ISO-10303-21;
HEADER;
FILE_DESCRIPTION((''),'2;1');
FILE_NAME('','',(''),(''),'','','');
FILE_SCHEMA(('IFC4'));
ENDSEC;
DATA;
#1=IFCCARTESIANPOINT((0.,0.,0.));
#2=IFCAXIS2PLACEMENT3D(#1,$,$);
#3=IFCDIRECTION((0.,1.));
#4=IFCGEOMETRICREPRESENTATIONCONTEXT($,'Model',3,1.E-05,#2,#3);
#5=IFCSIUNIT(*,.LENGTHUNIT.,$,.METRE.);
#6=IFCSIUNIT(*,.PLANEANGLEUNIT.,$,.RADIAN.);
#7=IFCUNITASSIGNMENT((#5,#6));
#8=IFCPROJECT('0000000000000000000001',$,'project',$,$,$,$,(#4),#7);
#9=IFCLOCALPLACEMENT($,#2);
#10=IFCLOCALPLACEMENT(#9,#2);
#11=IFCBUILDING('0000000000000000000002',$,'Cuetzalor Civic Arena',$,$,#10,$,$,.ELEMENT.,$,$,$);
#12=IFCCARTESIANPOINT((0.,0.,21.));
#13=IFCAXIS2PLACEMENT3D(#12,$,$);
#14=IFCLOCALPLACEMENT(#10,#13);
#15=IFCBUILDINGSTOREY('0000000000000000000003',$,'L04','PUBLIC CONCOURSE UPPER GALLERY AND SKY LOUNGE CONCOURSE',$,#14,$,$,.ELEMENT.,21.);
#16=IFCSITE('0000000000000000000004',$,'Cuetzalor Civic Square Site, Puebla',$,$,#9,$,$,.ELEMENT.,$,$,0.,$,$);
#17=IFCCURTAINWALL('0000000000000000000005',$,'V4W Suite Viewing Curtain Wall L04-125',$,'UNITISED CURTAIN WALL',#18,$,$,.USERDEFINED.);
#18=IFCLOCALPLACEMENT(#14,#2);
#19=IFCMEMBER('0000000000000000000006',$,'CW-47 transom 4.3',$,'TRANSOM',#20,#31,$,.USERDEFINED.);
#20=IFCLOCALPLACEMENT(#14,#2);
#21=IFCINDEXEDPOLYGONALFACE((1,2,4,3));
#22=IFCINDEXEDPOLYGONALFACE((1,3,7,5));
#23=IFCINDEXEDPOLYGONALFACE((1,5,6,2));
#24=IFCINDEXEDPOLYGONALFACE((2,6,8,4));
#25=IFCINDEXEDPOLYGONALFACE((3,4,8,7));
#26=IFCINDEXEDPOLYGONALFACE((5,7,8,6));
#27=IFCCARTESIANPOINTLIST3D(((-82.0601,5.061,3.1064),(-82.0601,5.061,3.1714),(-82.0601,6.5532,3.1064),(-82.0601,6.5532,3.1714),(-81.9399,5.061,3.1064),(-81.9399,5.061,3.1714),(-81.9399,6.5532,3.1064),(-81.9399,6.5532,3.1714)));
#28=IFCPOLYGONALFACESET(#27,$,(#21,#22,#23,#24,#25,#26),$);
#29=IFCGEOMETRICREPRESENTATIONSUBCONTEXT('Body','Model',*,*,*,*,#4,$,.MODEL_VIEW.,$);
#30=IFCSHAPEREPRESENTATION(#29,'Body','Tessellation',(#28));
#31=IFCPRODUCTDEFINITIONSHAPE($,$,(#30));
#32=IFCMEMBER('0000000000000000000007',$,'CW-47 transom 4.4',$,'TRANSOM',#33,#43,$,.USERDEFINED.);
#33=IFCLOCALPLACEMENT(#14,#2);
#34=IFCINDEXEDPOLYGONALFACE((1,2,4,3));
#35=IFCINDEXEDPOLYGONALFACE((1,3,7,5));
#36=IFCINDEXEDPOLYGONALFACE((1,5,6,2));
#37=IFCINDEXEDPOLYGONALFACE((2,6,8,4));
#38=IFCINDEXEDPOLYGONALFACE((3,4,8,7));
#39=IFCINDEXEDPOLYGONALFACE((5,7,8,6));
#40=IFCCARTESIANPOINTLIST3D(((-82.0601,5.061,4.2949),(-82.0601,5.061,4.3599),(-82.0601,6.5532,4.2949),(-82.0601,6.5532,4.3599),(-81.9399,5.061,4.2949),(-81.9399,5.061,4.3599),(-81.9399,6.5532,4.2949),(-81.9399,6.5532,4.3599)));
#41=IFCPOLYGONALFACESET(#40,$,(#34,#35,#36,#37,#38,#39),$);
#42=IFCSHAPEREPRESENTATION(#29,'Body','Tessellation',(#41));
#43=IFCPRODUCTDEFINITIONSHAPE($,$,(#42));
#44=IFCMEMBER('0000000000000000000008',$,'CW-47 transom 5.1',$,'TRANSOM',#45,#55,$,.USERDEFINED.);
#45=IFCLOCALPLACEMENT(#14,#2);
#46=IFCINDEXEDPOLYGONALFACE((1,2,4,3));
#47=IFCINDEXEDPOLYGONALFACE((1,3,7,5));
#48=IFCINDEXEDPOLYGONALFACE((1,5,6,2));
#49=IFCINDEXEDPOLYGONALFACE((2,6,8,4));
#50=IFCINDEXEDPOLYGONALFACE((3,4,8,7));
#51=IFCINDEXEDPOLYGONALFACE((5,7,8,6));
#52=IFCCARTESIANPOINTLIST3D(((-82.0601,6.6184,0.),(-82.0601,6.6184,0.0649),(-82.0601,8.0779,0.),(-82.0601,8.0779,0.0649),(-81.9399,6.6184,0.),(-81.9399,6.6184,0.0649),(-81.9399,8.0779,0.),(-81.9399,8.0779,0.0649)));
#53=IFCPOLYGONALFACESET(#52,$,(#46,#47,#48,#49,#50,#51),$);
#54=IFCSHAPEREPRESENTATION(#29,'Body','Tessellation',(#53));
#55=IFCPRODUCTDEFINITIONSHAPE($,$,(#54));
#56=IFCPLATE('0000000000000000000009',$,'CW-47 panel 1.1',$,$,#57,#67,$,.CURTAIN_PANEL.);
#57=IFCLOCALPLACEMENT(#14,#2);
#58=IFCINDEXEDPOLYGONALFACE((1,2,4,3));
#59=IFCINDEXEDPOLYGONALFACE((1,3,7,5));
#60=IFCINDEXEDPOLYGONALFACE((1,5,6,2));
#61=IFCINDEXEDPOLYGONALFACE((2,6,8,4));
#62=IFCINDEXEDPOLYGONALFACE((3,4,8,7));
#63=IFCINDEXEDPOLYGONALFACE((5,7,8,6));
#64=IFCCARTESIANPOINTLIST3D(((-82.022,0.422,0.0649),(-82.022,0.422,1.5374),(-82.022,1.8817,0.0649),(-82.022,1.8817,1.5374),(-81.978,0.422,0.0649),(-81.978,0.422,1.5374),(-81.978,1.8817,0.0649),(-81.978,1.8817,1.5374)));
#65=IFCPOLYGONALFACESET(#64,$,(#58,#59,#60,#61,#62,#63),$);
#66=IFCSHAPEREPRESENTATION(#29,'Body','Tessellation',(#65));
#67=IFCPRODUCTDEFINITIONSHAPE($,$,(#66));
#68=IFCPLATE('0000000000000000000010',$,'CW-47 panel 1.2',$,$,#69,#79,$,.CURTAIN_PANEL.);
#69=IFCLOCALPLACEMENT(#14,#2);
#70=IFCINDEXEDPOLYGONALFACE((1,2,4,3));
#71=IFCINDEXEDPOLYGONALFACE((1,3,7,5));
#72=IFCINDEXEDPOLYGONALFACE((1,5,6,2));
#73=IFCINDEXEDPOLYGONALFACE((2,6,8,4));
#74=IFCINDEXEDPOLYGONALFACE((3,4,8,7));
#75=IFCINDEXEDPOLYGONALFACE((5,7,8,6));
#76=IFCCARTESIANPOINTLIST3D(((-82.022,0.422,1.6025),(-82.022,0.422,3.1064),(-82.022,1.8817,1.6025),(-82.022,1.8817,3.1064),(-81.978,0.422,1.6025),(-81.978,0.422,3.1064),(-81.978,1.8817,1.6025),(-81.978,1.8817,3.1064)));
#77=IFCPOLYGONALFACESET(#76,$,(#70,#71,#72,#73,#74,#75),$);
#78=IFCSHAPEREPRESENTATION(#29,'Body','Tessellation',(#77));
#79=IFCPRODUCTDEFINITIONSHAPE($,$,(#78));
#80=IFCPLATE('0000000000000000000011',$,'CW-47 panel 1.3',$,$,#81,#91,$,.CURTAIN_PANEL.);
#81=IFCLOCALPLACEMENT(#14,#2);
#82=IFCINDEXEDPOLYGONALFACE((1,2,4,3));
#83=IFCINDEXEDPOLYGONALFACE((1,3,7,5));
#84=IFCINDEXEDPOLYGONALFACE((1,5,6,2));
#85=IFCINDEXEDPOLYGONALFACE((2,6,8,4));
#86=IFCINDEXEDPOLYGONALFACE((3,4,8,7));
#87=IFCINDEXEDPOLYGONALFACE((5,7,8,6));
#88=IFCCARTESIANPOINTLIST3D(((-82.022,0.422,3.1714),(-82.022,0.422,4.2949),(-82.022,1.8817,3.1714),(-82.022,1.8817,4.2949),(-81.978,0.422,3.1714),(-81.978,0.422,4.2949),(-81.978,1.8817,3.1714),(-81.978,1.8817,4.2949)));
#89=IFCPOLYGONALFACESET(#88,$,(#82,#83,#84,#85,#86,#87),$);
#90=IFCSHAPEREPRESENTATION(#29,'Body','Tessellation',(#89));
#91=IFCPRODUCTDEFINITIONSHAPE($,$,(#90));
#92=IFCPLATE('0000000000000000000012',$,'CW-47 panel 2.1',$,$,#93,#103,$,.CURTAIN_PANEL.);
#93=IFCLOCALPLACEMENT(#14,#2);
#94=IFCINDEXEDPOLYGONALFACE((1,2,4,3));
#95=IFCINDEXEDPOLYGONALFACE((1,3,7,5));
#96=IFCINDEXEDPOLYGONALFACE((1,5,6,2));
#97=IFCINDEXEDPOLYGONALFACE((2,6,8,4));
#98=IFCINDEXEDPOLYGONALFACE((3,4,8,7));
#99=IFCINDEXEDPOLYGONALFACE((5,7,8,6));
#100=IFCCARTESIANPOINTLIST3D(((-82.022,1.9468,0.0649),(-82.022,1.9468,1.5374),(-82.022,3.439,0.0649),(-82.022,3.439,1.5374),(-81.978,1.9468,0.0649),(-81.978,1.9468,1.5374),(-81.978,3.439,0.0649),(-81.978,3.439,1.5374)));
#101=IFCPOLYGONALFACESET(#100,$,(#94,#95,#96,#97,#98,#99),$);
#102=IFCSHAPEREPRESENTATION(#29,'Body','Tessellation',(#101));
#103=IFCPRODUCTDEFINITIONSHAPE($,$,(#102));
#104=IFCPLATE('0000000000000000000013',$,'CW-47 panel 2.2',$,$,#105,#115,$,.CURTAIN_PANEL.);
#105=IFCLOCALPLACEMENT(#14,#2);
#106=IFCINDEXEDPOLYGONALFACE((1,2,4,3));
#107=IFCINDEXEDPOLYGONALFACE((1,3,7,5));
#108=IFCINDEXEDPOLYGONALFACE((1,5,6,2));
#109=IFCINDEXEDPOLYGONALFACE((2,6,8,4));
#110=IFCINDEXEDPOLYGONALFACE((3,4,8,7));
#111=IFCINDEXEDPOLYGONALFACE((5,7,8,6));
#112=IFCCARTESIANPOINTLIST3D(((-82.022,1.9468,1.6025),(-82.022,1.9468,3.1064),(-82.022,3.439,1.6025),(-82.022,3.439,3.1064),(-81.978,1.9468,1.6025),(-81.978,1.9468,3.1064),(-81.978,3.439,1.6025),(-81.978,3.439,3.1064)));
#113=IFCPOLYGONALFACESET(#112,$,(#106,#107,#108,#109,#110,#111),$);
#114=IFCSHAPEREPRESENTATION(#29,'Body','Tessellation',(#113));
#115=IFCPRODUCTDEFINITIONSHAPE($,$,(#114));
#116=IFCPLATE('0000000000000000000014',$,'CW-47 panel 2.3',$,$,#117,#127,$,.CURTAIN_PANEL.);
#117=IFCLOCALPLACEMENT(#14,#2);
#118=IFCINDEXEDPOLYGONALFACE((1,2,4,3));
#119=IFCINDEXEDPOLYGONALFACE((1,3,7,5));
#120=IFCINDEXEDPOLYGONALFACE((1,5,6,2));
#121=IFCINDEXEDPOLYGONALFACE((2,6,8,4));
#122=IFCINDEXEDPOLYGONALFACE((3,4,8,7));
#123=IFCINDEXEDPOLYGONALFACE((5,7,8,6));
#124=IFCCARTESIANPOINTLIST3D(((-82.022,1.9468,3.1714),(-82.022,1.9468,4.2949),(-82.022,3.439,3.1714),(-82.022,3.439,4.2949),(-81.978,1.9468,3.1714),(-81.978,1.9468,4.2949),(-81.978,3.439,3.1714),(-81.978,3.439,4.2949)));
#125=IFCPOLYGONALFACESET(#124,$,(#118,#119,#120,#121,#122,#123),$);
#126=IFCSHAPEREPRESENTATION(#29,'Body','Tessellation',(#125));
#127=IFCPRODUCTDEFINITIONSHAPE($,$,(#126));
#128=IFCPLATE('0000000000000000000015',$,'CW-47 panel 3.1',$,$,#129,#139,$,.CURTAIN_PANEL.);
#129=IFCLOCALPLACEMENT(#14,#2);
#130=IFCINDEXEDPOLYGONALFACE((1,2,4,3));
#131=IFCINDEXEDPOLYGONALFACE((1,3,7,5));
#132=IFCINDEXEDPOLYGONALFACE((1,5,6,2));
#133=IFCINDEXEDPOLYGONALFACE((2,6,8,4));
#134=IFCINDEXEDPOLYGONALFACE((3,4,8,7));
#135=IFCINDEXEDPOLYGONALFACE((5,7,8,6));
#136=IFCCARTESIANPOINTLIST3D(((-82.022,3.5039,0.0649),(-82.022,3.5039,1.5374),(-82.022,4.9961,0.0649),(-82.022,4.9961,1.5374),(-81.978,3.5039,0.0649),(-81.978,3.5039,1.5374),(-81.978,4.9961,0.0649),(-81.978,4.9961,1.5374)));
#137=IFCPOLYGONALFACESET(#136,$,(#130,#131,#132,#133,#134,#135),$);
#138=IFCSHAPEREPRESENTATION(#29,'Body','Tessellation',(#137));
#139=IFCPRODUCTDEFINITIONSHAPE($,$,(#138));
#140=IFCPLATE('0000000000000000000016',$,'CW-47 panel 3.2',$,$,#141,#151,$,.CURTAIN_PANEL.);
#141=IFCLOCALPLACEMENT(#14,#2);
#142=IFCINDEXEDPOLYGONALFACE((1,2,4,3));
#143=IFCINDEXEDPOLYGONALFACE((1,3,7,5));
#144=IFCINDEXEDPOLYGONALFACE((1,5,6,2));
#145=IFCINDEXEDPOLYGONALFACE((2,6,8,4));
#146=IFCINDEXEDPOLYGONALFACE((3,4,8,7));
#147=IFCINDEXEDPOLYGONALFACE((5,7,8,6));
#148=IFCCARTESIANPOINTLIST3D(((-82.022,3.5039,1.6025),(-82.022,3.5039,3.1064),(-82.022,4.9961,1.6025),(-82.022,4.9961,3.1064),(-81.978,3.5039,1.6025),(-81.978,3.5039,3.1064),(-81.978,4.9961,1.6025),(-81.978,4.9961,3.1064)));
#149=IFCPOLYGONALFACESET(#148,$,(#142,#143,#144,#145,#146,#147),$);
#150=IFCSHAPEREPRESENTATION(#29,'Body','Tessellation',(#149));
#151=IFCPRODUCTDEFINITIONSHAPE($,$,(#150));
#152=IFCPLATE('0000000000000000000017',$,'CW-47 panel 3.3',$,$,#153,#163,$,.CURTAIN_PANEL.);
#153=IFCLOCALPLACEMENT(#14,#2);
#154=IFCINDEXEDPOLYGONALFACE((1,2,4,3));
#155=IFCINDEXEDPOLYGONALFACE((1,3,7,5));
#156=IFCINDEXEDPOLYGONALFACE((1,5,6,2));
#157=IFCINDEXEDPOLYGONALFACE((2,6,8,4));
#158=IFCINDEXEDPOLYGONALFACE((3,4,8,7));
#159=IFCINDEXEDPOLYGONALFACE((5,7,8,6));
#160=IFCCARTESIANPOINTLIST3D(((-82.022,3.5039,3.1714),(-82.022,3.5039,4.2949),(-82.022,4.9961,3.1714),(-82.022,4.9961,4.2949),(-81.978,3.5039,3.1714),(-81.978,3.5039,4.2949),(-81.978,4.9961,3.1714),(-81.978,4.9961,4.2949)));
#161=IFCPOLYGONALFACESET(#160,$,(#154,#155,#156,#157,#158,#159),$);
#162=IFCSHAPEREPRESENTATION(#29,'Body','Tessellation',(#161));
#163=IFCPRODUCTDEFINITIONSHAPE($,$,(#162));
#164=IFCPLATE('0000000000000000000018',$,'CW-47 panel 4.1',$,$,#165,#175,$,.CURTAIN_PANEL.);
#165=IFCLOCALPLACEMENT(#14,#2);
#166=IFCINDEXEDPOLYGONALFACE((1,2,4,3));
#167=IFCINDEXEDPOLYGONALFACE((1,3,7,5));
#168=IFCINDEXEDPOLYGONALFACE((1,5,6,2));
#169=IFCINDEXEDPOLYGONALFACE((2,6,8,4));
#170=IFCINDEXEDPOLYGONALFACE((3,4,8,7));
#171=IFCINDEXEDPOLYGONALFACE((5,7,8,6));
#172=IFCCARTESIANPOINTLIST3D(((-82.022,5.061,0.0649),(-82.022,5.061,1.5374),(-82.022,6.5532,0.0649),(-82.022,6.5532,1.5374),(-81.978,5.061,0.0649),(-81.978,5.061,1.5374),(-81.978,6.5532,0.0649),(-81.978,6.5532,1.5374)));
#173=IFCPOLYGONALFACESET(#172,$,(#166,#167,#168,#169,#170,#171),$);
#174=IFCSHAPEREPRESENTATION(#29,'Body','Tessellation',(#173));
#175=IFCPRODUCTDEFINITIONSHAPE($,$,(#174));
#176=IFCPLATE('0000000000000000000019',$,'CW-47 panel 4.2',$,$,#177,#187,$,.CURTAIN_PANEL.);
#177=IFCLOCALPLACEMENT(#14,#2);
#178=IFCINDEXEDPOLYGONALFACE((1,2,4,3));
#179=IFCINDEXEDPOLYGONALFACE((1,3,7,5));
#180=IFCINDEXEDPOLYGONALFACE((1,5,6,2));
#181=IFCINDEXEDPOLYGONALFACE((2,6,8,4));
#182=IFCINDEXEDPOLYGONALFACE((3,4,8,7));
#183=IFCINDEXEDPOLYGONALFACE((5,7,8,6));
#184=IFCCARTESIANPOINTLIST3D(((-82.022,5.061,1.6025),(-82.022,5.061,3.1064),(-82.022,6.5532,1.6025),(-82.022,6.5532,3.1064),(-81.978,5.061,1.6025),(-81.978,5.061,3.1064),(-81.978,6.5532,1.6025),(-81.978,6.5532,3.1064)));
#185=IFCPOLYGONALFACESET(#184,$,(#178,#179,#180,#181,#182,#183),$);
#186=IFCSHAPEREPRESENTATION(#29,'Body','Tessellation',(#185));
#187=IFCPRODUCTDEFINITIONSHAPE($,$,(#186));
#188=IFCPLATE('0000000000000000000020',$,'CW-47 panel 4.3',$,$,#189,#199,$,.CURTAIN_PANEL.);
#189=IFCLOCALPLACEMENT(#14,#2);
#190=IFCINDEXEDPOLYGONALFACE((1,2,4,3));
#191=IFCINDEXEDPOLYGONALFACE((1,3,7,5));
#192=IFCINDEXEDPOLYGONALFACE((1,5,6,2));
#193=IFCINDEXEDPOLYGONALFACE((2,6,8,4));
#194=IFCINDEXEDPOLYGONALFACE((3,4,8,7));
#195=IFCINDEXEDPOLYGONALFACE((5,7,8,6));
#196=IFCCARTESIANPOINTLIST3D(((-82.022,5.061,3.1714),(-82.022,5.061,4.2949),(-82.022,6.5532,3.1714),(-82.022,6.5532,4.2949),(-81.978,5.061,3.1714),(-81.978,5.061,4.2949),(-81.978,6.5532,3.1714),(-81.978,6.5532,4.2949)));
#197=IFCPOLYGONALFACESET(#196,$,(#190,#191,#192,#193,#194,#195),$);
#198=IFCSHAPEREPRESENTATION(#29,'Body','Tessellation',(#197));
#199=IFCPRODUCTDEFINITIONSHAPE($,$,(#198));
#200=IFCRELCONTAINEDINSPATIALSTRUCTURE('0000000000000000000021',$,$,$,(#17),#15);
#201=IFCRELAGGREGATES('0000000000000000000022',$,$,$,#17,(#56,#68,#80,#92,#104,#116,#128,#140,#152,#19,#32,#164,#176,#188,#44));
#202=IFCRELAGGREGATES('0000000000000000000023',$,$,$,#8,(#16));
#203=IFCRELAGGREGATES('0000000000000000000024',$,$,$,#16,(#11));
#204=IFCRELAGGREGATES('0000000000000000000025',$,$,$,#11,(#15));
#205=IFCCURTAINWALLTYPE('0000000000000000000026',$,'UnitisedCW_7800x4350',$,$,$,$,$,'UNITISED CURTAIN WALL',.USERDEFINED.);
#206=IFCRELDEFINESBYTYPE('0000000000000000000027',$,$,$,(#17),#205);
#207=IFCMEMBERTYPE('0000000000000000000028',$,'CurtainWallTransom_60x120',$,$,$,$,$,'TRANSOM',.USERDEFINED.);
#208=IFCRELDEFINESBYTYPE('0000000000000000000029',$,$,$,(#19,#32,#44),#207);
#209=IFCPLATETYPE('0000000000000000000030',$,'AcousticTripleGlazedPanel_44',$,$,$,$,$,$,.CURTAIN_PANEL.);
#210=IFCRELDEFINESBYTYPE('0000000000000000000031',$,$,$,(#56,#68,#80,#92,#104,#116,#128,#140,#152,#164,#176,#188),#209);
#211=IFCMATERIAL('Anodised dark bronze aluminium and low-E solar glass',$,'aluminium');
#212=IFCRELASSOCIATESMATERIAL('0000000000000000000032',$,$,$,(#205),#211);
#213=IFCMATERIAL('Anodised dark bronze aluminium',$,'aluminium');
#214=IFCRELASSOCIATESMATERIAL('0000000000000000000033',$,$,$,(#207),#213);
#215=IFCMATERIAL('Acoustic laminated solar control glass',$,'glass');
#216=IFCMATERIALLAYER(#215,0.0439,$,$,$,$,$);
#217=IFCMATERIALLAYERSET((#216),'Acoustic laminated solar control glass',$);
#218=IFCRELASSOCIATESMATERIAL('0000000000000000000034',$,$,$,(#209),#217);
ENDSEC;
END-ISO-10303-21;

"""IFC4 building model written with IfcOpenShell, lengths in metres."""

from ifc_helpers import new_model, si_unit, direction, frame, origin, origin_2d, place, context, subcontext, project, spatial, rectangle, extrude, material, layer, layer_set, material_profile, profile_set, type_object, element, aggregate, save


model = new_model("IFC4")

# Units and contexts
model_context = context("Model", 3, precision=1e-05, world=origin(), true_north=direction((0.0, 1.0)))
body_context = subcontext(model_context, "Body", "Model", "MODEL_VIEW")
ifc_project = project(units=[si_unit("LENGTHUNIT", "METRE"), si_unit("PLANEANGLEUNIT", "RADIAN")], contexts=[model_context])

# Site, building, storey
site_placement = place(None, origin())
site = spatial("IfcSite", under=ifc_project, at=site_placement, Name="Cuetzalor Civic Square Site, Puebla", CompositionType="ELEMENT", RefElevation=0.0)
building_placement = place(site_placement, origin())
building = spatial("IfcBuilding", under=site, at=building_placement, Name="Cuetzalor Civic Arena", CompositionType="ELEMENT")
storey_placement = place(building_placement, frame((0.0, 0.0, 21.0)))
storey = spatial("IfcBuildingStorey", under=building, at=storey_placement, Name="L04", Description="PUBLIC CONCOURSE UPPER GALLERY AND SKY LOUNGE CONCOURSE", CompositionType="ELEMENT", Elevation=21.0)

# Curtain wall, members, plates
ifc_material_1 = material(Name="Anodised dark bronze aluminium and low-E solar glass", Category="aluminium")
curtain_wall_type = type_object("IfcCurtainWallType", Name="UnitisedCW_7800x4350", ElementType="UNITISED CURTAIN WALL", PredefinedType="USERDEFINED", material=ifc_material_1)
curtain_wall_placement = place(storey_placement, origin())
curtain_wall = element("IfcCurtainWall", 1, at=curtain_wall_placement, inside=storey, type_object=curtain_wall_type, Name="V4W Suite Viewing Curtain Wall L04-125", ObjectType="UNITISED CURTAIN WALL", PredefinedType="USERDEFINED")
ifc_material_2 = material(Name="Anodised dark bronze aluminium", Category="aluminium")
ifc_material_profile_1 = material_profile(ifc_material_2, rectangle(XDim=0.1201, YDim=0.0649, at=origin_2d()), Name="ALU TRANSOM 65x120")
ifc_profile_set_1 = profile_set([ifc_material_profile_1], Name="Anodised dark bronze aluminium")
member_type_1 = type_object("IfcMemberType", Name="CurtainWallTransom_60x120", ElementType="TRANSOM", PredefinedType="USERDEFINED", material=ifc_profile_set_1)
member_1_placement = place(storey_placement, frame((-82.0, 5.061, 3.1389), z_axis=(0.0, 1.0, 0.0), x_axis=(-1.0, 0.0, 0.0)))
member_1 = element("IfcMember", 2, at=member_1_placement, type_object=member_type_1, Name="CW-47 transom 4.3", ObjectType="TRANSOM", PredefinedType="USERDEFINED", context=body_context, shape_type="SweptSolid", body=[
    extrude(rectangle(XDim=0.1201, YDim=0.0649, at=origin_2d()), origin(), (0.0, 0.0, 1.0), 1.4922),
])
member_2_placement = place(storey_placement, frame((-82.0, 5.061, 4.3274), z_axis=(0.0, 1.0, 0.0), x_axis=(-1.0, 0.0, 0.0)))
member_2 = element("IfcMember", 3, at=member_2_placement, type_object=member_type_1, Name="CW-47 transom 4.4", ObjectType="TRANSOM", PredefinedType="USERDEFINED", context=body_context, shape_type="SweptSolid", body=[
    extrude(rectangle(XDim=0.1201, YDim=0.0649, at=origin_2d()), origin(), (0.0, 0.0, 1.0), 1.4922),
])
member_3_placement = place(storey_placement, frame((-82.0, 6.6184, 0.0325), z_axis=(0.0, 1.0, 0.0), x_axis=(-1.0, 0.0, 0.0)))
member_3 = element("IfcMember", 4, at=member_3_placement, type_object=member_type_1, Name="CW-47 transom 5.1", ObjectType="TRANSOM", PredefinedType="USERDEFINED", context=body_context, shape_type="SweptSolid", body=[
    extrude(rectangle(XDim=0.1201, YDim=0.0649, at=origin_2d()), origin(), (0.0, 0.0, 1.0), 1.4595),
])
ifc_material_3 = material(Name="Acoustic laminated solar control glass", Category="glass")
ifc_layer = layer(ifc_material_3, 0.0439)
ifc_layer_set = layer_set([ifc_layer], Name="Acoustic laminated solar control glass")
plate_type = type_object("IfcPlateType", Name="AcousticTripleGlazedPanel_44", PredefinedType="CURTAIN_PANEL", material=ifc_layer_set)
plate_1_placement = place(storey_placement, frame((-82.0, 1.1519, 0.0649), z_axis=(0.0, 0.0, 1.0), x_axis=(0.0, 1.0, 0.0)))
plate_1 = element("IfcPlate", 5, at=plate_1_placement, type_object=plate_type, Name="CW-47 panel 1.1", PredefinedType="CURTAIN_PANEL", context=body_context, shape_type="SweptSolid", body=[
    extrude(rectangle(XDim=1.4597, YDim=0.0439, at=origin_2d()), origin(), (0.0, 0.0, 1.0), 1.4724),
])
plate_2_placement = place(storey_placement, frame((-82.0, 1.1519, 1.6025), z_axis=(0.0, 0.0, 1.0), x_axis=(0.0, 1.0, 0.0)))
plate_2 = element("IfcPlate", 6, at=plate_2_placement, type_object=plate_type, Name="CW-47 panel 1.2", PredefinedType="CURTAIN_PANEL", context=body_context, shape_type="SweptSolid", body=[
    extrude(rectangle(XDim=1.4597, YDim=0.0439, at=origin_2d()), origin(), (0.0, 0.0, 1.0), 1.5039),
])
plate_3_placement = place(storey_placement, frame((-82.0, 1.1519, 3.1714), z_axis=(0.0, 0.0, 1.0), x_axis=(0.0, 1.0, 0.0)))
plate_3 = element("IfcPlate", 7, at=plate_3_placement, type_object=plate_type, Name="CW-47 panel 1.3", PredefinedType="CURTAIN_PANEL", context=body_context, shape_type="SweptSolid", body=[
    extrude(rectangle(XDim=1.4597, YDim=0.0439, at=origin_2d()), origin(), (0.0, 0.0, 1.0), 1.1235),
])
plate_4_placement = place(storey_placement, frame((-82.0, 2.6929, 0.0649), z_axis=(0.0, 0.0, 1.0), x_axis=(0.0, 1.0, 0.0)))
plate_4 = element("IfcPlate", 8, at=plate_4_placement, type_object=plate_type, Name="CW-47 panel 2.1", PredefinedType="CURTAIN_PANEL", context=body_context, shape_type="SweptSolid", body=[
    extrude(rectangle(XDim=1.4922, YDim=0.0439, at=origin_2d()), origin(), (0.0, 0.0, 1.0), 1.4724),
])
plate_5_placement = place(storey_placement, frame((-82.0, 2.6929, 1.6025), z_axis=(0.0, 0.0, 1.0), x_axis=(0.0, 1.0, 0.0)))
plate_5 = element("IfcPlate", 9, at=plate_5_placement, type_object=plate_type, Name="CW-47 panel 2.2", PredefinedType="CURTAIN_PANEL", context=body_context, shape_type="SweptSolid", body=[
    extrude(rectangle(XDim=1.4922, YDim=0.0439, at=origin_2d()), origin(), (0.0, 0.0, 1.0), 1.5039),
])
plate_6_placement = place(storey_placement, frame((-82.0, 2.6929, 3.1714), z_axis=(0.0, 0.0, 1.0), x_axis=(0.0, 1.0, 0.0)))
plate_6 = element("IfcPlate", 10, at=plate_6_placement, type_object=plate_type, Name="CW-47 panel 2.3", PredefinedType="CURTAIN_PANEL", context=body_context, shape_type="SweptSolid", body=[
    extrude(rectangle(XDim=1.4922, YDim=0.0439, at=origin_2d()), origin(), (0.0, 0.0, 1.0), 1.1235),
])
plate_7_placement = place(storey_placement, frame((-82.0, 4.25, 0.0649), z_axis=(0.0, 0.0, 1.0), x_axis=(0.0, 1.0, 0.0)))
plate_7 = element("IfcPlate", 11, at=plate_7_placement, type_object=plate_type, Name="CW-47 panel 3.1", PredefinedType="CURTAIN_PANEL", context=body_context, shape_type="SweptSolid", body=[
    extrude(rectangle(XDim=1.4922, YDim=0.0439, at=origin_2d()), origin(), (0.0, 0.0, 1.0), 1.4724),
])
plate_8_placement = place(storey_placement, frame((-82.0, 4.25, 1.6025), z_axis=(0.0, 0.0, 1.0), x_axis=(0.0, 1.0, 0.0)))
plate_8 = element("IfcPlate", 12, at=plate_8_placement, type_object=plate_type, Name="CW-47 panel 3.2", PredefinedType="CURTAIN_PANEL", context=body_context, shape_type="SweptSolid", body=[
    extrude(rectangle(XDim=1.4922, YDim=0.0439, at=origin_2d()), origin(), (0.0, 0.0, 1.0), 1.5039),
])
plate_9_placement = place(storey_placement, frame((-82.0, 4.25, 3.1714), z_axis=(0.0, 0.0, 1.0), x_axis=(0.0, 1.0, 0.0)))
plate_9 = element("IfcPlate", 13, at=plate_9_placement, type_object=plate_type, Name="CW-47 panel 3.3", PredefinedType="CURTAIN_PANEL", context=body_context, shape_type="SweptSolid", body=[
    extrude(rectangle(XDim=1.4922, YDim=0.0439, at=origin_2d()), origin(), (0.0, 0.0, 1.0), 1.1235),
])
plate_10_placement = place(storey_placement, frame((-82.0, 5.8071, 0.0649), z_axis=(0.0, 0.0, 1.0), x_axis=(0.0, 1.0, 0.0)))
plate_10 = element("IfcPlate", 14, at=plate_10_placement, type_object=plate_type, Name="CW-47 panel 4.1", PredefinedType="CURTAIN_PANEL", context=body_context, shape_type="SweptSolid", body=[
    extrude(rectangle(XDim=1.4922, YDim=0.0439, at=origin_2d()), origin(), (0.0, 0.0, 1.0), 1.4724),
])
plate_11_placement = place(storey_placement, frame((-82.0, 5.8071, 1.6025), z_axis=(0.0, 0.0, 1.0), x_axis=(0.0, 1.0, 0.0)))
plate_11 = element("IfcPlate", 15, at=plate_11_placement, type_object=plate_type, Name="CW-47 panel 4.2", PredefinedType="CURTAIN_PANEL", context=body_context, shape_type="SweptSolid", body=[
    extrude(rectangle(XDim=1.4922, YDim=0.0439, at=origin_2d()), origin(), (0.0, 0.0, 1.0), 1.5039),
])
plate_12_placement = place(storey_placement, frame((-82.0, 5.8071, 3.1714), z_axis=(0.0, 0.0, 1.0), x_axis=(0.0, 1.0, 0.0)))
plate_12 = element("IfcPlate", 16, at=plate_12_placement, type_object=plate_type, Name="CW-47 panel 4.3", PredefinedType="CURTAIN_PANEL", context=body_context, shape_type="SweptSolid", body=[
    extrude(rectangle(XDim=1.4922, YDim=0.0439, at=origin_2d()), origin(), (0.0, 0.0, 1.0), 1.1235),
])
aggregate(curtain_wall, [plate_1, plate_2, plate_3, plate_4, plate_5, plate_6, plate_7, plate_8, plate_9, member_1, member_2, plate_10, plate_11, plate_12, member_3])

save(model, "model.ifc")
